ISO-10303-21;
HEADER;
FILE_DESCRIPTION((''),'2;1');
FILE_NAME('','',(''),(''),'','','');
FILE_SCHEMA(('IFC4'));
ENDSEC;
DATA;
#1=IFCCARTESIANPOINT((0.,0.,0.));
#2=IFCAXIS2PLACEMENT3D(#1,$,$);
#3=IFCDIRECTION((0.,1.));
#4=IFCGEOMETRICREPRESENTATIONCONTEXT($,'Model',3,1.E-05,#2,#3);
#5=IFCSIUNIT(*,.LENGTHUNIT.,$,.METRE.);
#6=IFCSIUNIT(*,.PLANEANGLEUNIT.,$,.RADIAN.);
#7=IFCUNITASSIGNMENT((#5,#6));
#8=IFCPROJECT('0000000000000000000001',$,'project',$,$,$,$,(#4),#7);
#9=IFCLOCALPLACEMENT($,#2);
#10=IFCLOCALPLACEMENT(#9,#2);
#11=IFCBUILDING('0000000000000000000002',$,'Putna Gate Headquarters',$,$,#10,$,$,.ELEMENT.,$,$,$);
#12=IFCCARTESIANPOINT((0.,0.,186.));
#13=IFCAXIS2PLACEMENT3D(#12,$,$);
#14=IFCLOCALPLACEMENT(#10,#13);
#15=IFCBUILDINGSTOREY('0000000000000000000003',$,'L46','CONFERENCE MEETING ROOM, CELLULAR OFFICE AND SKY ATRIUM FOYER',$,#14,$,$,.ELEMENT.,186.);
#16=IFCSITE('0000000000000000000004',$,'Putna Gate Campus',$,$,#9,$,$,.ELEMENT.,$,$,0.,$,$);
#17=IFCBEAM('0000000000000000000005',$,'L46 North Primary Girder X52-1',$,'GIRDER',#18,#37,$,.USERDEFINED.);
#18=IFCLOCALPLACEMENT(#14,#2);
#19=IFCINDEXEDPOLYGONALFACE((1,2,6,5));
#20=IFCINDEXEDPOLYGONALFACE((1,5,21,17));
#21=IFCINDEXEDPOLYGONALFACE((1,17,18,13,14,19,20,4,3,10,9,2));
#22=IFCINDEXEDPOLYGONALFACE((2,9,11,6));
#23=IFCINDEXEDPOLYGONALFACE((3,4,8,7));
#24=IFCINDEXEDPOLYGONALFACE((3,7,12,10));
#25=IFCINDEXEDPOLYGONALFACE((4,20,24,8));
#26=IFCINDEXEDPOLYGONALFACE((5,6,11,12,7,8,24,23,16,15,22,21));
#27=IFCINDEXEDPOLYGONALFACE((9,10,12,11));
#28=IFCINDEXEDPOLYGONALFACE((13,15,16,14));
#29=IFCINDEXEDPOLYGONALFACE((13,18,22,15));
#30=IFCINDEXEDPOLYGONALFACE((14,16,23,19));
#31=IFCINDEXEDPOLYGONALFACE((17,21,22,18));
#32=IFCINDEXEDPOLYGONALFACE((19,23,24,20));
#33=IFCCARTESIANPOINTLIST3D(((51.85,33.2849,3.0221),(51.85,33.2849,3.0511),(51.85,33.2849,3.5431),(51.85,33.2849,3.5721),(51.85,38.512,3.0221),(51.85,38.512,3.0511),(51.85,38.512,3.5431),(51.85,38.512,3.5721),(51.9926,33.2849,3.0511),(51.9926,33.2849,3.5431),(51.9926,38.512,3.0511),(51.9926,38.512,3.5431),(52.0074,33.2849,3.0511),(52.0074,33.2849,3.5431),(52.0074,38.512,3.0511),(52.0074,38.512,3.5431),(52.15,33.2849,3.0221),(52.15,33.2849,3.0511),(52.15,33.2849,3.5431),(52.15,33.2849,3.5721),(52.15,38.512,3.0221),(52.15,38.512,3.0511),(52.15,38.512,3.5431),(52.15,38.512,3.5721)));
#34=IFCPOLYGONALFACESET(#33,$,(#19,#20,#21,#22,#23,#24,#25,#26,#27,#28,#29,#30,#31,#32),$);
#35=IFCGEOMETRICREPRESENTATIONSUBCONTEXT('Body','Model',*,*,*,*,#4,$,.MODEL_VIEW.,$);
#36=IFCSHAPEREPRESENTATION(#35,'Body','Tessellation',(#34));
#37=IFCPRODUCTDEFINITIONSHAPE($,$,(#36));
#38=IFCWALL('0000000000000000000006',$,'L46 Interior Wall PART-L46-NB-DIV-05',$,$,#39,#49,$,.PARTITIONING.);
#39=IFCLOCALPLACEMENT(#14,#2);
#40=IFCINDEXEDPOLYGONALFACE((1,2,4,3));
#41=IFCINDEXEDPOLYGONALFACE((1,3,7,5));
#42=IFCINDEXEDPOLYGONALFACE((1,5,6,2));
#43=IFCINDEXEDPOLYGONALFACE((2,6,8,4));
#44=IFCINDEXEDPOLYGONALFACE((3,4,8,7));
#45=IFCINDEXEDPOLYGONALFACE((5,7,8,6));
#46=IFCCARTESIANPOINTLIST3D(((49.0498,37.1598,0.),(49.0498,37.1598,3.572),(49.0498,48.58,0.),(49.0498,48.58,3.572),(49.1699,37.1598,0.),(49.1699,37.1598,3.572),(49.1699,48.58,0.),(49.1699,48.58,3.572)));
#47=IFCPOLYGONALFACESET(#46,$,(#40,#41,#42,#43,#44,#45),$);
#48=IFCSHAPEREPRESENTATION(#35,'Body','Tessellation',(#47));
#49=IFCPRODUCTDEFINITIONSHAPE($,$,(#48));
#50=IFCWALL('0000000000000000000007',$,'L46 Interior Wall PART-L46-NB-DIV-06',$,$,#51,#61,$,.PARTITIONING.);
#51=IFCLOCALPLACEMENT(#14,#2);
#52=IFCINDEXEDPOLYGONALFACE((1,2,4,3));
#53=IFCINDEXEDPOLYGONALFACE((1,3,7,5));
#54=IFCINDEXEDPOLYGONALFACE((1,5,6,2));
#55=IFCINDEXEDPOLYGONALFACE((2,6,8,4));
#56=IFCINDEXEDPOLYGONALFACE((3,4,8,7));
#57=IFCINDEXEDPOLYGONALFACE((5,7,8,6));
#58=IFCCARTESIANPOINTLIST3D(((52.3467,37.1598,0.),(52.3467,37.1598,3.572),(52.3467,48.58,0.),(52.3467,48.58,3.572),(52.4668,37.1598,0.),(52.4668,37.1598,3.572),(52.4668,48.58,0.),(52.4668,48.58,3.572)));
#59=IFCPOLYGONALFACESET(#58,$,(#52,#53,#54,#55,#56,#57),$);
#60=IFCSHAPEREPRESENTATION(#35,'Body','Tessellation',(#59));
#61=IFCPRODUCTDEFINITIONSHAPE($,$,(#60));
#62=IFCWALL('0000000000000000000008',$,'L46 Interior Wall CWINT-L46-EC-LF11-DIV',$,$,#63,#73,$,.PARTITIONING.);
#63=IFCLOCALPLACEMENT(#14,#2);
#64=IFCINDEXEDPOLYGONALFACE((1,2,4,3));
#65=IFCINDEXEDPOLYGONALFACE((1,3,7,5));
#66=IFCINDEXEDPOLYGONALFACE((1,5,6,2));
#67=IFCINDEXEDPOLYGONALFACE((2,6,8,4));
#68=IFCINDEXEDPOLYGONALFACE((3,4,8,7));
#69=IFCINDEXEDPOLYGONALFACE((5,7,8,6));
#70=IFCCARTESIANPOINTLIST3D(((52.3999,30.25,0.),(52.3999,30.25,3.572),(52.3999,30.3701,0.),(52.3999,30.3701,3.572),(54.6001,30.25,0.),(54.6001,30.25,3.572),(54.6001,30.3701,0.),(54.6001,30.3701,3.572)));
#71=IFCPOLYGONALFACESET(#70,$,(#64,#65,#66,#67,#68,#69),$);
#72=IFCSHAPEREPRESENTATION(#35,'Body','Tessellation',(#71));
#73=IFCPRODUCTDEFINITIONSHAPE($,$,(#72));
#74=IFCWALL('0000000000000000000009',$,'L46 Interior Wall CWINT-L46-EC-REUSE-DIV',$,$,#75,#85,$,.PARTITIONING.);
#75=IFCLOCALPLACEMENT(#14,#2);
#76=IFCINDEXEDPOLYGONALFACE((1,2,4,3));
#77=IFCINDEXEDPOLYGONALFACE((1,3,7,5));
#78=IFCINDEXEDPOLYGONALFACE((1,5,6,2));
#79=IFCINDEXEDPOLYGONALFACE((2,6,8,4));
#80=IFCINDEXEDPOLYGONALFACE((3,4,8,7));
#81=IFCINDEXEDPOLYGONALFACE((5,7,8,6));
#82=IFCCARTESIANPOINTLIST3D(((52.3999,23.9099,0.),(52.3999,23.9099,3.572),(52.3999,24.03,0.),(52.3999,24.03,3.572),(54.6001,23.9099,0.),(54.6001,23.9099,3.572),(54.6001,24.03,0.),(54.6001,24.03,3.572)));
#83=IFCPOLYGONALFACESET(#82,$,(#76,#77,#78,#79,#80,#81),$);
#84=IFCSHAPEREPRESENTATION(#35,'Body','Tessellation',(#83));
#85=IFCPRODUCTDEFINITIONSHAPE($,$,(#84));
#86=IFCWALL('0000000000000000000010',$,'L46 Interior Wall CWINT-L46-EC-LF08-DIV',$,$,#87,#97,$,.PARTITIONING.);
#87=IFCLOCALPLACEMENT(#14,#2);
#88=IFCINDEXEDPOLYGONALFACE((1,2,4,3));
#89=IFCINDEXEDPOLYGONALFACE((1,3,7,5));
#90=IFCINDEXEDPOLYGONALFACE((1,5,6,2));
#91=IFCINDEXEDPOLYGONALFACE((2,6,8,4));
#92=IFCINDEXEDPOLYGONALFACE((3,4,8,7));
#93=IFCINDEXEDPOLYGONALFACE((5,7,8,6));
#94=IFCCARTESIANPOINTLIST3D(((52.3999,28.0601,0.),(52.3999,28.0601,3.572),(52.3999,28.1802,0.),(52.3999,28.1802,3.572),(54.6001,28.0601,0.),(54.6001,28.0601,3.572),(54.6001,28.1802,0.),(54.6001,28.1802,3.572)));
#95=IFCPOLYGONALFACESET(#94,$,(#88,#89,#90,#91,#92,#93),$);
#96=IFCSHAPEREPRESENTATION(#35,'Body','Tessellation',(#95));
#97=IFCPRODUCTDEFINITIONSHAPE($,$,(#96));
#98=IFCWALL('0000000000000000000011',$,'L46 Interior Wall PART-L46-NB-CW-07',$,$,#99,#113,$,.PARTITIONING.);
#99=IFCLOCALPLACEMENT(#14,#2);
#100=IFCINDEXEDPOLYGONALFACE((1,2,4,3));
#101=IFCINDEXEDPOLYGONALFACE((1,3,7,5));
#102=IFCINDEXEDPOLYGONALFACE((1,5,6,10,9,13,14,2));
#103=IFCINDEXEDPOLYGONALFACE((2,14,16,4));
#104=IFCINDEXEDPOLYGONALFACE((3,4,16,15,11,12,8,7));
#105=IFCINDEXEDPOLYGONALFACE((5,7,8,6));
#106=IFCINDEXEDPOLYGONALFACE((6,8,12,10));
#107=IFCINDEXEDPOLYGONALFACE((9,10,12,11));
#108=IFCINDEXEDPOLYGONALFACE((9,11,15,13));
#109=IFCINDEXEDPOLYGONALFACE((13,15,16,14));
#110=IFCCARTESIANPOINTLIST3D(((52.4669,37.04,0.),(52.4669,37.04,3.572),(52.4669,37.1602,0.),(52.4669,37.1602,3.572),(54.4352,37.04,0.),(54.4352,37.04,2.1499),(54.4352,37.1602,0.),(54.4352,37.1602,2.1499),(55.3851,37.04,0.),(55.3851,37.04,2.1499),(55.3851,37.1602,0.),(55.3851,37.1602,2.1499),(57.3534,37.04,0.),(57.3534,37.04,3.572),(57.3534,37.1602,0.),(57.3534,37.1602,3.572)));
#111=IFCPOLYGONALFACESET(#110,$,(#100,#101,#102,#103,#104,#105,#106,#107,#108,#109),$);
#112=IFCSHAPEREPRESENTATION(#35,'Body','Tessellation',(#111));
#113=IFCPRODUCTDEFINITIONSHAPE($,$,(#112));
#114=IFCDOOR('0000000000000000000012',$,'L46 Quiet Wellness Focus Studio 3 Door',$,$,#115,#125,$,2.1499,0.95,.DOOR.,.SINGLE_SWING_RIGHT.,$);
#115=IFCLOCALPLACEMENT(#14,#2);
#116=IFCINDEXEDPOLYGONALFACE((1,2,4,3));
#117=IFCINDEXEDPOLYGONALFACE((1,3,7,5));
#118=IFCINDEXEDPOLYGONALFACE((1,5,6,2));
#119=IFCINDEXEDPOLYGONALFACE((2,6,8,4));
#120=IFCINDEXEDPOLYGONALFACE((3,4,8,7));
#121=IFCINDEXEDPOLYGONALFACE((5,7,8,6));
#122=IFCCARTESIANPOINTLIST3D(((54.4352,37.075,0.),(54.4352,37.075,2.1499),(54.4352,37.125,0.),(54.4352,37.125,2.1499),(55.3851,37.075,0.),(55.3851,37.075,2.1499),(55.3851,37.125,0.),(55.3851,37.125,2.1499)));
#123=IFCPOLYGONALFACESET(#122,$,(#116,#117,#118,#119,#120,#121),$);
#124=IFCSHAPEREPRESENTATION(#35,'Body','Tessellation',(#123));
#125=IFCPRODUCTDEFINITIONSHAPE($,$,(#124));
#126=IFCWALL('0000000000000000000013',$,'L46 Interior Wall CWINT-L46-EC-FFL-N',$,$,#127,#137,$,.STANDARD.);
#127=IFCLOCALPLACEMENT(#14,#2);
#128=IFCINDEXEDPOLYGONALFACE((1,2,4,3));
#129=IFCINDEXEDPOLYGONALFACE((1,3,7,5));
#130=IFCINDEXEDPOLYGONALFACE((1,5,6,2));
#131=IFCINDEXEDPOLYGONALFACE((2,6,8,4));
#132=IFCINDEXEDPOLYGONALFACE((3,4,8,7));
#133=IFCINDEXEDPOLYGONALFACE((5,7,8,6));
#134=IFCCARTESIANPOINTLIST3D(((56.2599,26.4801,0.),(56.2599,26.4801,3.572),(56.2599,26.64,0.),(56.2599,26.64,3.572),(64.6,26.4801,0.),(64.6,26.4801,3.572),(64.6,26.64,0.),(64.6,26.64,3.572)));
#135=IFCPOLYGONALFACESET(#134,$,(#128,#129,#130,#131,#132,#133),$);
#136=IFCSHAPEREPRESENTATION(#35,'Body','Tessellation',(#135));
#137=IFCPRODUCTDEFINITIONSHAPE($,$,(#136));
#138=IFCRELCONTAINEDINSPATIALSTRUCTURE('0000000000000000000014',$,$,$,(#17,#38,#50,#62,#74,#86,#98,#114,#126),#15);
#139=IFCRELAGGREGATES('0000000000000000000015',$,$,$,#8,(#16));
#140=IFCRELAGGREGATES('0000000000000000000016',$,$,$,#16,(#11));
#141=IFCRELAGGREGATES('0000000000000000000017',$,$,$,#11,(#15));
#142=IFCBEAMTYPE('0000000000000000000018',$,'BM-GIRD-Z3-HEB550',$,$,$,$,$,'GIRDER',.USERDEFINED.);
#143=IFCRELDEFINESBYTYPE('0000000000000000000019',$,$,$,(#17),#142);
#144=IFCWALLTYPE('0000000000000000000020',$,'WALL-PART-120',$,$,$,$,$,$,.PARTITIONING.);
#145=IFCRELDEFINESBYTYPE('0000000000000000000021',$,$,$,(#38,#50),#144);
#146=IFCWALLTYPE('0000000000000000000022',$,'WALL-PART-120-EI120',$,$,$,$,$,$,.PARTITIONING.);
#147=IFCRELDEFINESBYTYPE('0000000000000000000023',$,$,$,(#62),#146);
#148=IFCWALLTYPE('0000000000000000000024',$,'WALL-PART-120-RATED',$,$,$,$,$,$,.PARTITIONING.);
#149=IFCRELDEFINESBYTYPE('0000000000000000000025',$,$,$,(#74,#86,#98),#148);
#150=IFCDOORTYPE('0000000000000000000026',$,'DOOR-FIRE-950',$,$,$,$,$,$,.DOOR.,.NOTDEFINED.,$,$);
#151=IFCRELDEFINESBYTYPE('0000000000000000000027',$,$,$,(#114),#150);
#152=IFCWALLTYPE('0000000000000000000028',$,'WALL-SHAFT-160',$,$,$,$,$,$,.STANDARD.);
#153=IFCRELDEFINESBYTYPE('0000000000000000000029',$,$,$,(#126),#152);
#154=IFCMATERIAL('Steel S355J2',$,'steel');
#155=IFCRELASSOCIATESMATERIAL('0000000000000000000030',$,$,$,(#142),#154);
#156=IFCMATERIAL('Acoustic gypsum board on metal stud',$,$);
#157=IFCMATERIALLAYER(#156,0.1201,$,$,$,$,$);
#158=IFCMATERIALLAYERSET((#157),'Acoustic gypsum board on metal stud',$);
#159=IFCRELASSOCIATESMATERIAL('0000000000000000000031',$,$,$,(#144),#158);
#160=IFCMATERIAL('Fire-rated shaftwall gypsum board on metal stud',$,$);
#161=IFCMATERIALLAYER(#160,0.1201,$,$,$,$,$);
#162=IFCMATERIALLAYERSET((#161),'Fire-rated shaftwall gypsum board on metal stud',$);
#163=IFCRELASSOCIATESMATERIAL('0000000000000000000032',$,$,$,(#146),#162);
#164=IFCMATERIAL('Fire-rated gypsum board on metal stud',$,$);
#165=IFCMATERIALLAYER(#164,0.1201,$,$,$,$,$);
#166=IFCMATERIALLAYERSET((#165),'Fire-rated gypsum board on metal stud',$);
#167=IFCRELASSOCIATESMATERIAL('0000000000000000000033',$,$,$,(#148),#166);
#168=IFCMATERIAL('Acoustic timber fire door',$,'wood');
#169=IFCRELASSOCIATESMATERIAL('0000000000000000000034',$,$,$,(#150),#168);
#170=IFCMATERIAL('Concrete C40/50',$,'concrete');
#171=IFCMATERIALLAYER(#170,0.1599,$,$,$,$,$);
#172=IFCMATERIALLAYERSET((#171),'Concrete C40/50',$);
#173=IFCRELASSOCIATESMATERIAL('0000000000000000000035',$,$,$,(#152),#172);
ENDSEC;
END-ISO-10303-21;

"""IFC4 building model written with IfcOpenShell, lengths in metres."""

from ifc_helpers import new_model, si_unit, direction, frame, frame_2d, origin, origin_2d, place, context, subcontext, project, spatial, rectangle, i_section, extrude, material, layer, layer_set, material_profile, profile_set, type_object, element, fill, save


model = new_model("IFC4")

# Units and contexts
model_context = context("Model", 3, precision=1e-05, world=origin(), true_north=direction((0.0, 1.0)))
body_context = subcontext(model_context, "Body", "Model", "MODEL_VIEW")
ifc_project = project(units=[si_unit("LENGTHUNIT", "METRE"), si_unit("PLANEANGLEUNIT", "RADIAN")], contexts=[model_context])

# Site, building, storey
site_placement = place(None, origin())
site = spatial("IfcSite", under=ifc_project, at=site_placement, Name="Putna Gate Campus", CompositionType="ELEMENT", RefElevation=0.0)
building_placement = place(site_placement, origin())
building = spatial("IfcBuilding", under=site, at=building_placement, Name="Putna Gate Headquarters", CompositionType="ELEMENT")
storey_placement = place(building_placement, frame((0.0, 0.0, 186.0)))
storey = spatial("IfcBuildingStorey", under=building, at=storey_placement, Name="L46", Description="CONFERENCE MEETING ROOM, CELLULAR OFFICE AND SKY ATRIUM FOYER", CompositionType="ELEMENT", Elevation=186.0)

# Beam
ifc_material_1 = material(Name="Steel S355J2", Category="steel")
ifc_material_profile = material_profile(ifc_material_1, i_section(OverallWidth=0.3, OverallDepth=0.55, WebThickness=0.0149, FlangeThickness=0.0291, at=origin_2d()), Name="Steel S355J2")
ifc_profile_set = profile_set([ifc_material_profile], Name="Steel S355J2")
beam_type = type_object("IfcBeamType", Name="BM-GIRD-Z3-HEB550", ElementType="GIRDER", PredefinedType="USERDEFINED", material=ifc_profile_set)
beam_placement = place(storey_placement, frame((52.0, 33.2849, 3.2971), z_axis=(0.0, 1.0, 0.0), x_axis=(-1.0, 0.0, 0.0)))
element("IfcBeam", 1, at=beam_placement, inside=storey, type_object=beam_type, Name="L46 North Primary Girder X52-1", ObjectType="GIRDER", PredefinedType="USERDEFINED", context=body_context, shape_type="SweptSolid", body=[
    extrude(i_section(OverallWidth=0.3, OverallDepth=0.55, WebThickness=0.0149, FlangeThickness=0.0291, at=origin_2d()), origin(), (0.0, 0.0, 1.0), 5.2271),
])

# Shared definitions
ifc_material_2 = material(Name="Acoustic gypsum board on metal stud")
ifc_layer_1 = layer(ifc_material_2, 0.1201)
ifc_layer_set_1 = layer_set([ifc_layer_1], Name="Acoustic gypsum board on metal stud")
wall_type_1 = type_object("IfcWallType", Name="WALL-PART-120", PredefinedType="PARTITIONING", material=ifc_layer_set_1)

# Walls
for number, where, z_axis, x_axis, name in (
    (2, (49.1099, 37.1599, 0.0), (0.0, 0.0, 1.0), (0.0, 1.0, 0.0), "L46 Interior Wall PART-L46-NB-DIV-05"),
    (3, (52.4067, 37.1599, 0.0), (0.0, 0.0, 1.0), (0.0, 1.0, 0.0), "L46 Interior Wall PART-L46-NB-DIV-06"),
):
    element("IfcWall", number, at=place(storey_placement, frame(where, z_axis=z_axis, x_axis=x_axis)), inside=storey, type_object=wall_type_1, Name=name, PredefinedType="PARTITIONING", context=body_context, shape_type="SweptSolid", body=[
        extrude(rectangle(XDim=11.4202, YDim=0.1201, at=frame_2d((5.71, 0.0))), origin(), (0.0, 0.0, 1.0), 3.572),
    ])
ifc_material_3 = material(Name="Fire-rated shaftwall gypsum board on metal stud")
ifc_layer_2 = layer(ifc_material_3, 0.1201)
ifc_layer_set_2 = layer_set([ifc_layer_2], Name="Fire-rated shaftwall gypsum board on metal stud")
wall_type_2 = type_object("IfcWallType", Name="WALL-PART-120-EI120", PredefinedType="PARTITIONING", material=ifc_layer_set_2)
wall_1_placement = place(storey_placement, frame((52.3999, 30.3101, 0.0), z_axis=(0.0, 0.0, 1.0), x_axis=(1.0, 0.0, 0.0)))
element("IfcWall", 4, at=wall_1_placement, inside=storey, type_object=wall_type_2, Name="L46 Interior Wall CWINT-L46-EC-LF11-DIV", PredefinedType="PARTITIONING", context=body_context, shape_type="SweptSolid", body=[
    extrude(rectangle(XDim=2.2002, YDim=0.1201, at=frame_2d((1.1001, 0.0))), origin(), (0.0, 0.0, 1.0), 3.572),
])
ifc_material_4 = material(Name="Fire-rated gypsum board on metal stud")
ifc_layer_3 = layer(ifc_material_4, 0.1201)
ifc_layer_set_3 = layer_set([ifc_layer_3], Name="Fire-rated gypsum board on metal stud")
wall_type_3 = type_object("IfcWallType", Name="WALL-PART-120-RATED", PredefinedType="PARTITIONING", material=ifc_layer_set_3)
for number, where, z_axis, x_axis, name in (
    (5, (52.3999, 23.97, 0.0), (0.0, 0.0, 1.0), (1.0, 0.0, 0.0), "L46 Interior Wall CWINT-L46-EC-REUSE-DIV"),
    (6, (52.3999, 28.1201, 0.0), (0.0, 0.0, 1.0), (1.0, 0.0, 0.0), "L46 Interior Wall CWINT-L46-EC-LF08-DIV"),
):
    element("IfcWall", number, at=place(storey_placement, frame(where, z_axis=z_axis, x_axis=x_axis)), inside=storey, type_object=wall_type_3, Name=name, PredefinedType="PARTITIONING", context=body_context, shape_type="SweptSolid", body=[
        extrude(rectangle(XDim=2.2002, YDim=0.1201, at=frame_2d((1.1001, 0.0))), origin(), (0.0, 0.0, 1.0), 3.572),
    ])

# Wall, opening, door
ifc_material_5 = material(Name="Acoustic timber fire door", Category="wood")
door_type_1 = type_object("IfcDoorType", Name="DOOR-FIRE-950", OperationType="NOTDEFINED", PredefinedType="DOOR", material=ifc_material_5)
wall_2_placement = place(storey_placement, frame((52.4668, 37.1001, 0.0), z_axis=(0.0, 0.0, 1.0), x_axis=(1.0, 0.0, 0.0)))
wall_2 = element("IfcWall", 7, at=wall_2_placement, inside=storey, type_object=wall_type_3, Name="L46 Interior Wall PART-L46-NB-CW-07", PredefinedType="PARTITIONING", context=body_context, shape_type="SweptSolid", body=[
    extrude(rectangle(XDim=4.8865, YDim=0.1201, at=frame_2d((2.4434, 0.0))), origin(), (0.0, 0.0, 1.0), 3.572),
])
opening_1_placement = place(wall_2_placement, frame((1.9683, 0.0, 0.0)))
opening_1 = element("IfcOpeningElement", 8, at=opening_1_placement, cuts=wall_2, PredefinedType="OPENING", context=body_context, shape_type="SweptSolid", body=[
    extrude(rectangle(XDim=0.95, YDim=2.1499, at=frame_2d((0.4751, 1.075))), frame((0.0, 0.0701, 0.0), z_axis=(0.0, -1.0, 0.0), x_axis=(1.0, 0.0, 0.0)), (0.0, 0.0, 1.0), 0.1401),
])
door_1_placement = place(opening_1_placement, origin())
door_1 = element("IfcDoor", 9, at=door_1_placement, inside=storey, type_object=door_type_1, Name="L46 Quiet Wellness Focus Studio 3 Door", OperationType="SINGLE_SWING_RIGHT", OverallHeight=2.1499, OverallWidth=0.95, PredefinedType="DOOR", context=body_context, shape_type="SweptSolid", body=[
    extrude(rectangle(XDim=0.95, YDim=2.1499, at=frame_2d((0.4751, 1.075))), frame((0.0, 0.0249, 0.0), z_axis=(0.0, -1.0, 0.0), x_axis=(1.0, 0.0, 0.0)), (0.0, 0.0, 1.0), 0.05),
])
fill(opening_1, door_1)

# Wall
ifc_material_6 = material(Name="Concrete C40/50", Category="concrete")
ifc_layer_4 = layer(ifc_material_6, 0.1599)
ifc_layer_set_4 = layer_set([ifc_layer_4], Name="Concrete C40/50")
wall_type_4 = type_object("IfcWallType", Name="WALL-SHAFT-160", PredefinedType="STANDARD", material=ifc_layer_set_4)
wall_3_placement = place(storey_placement, frame((56.26, 26.5601, 0.0), z_axis=(0.0, 0.0, 1.0), x_axis=(1.0, 0.0, 0.0)))
element("IfcWall", 10, at=wall_3_placement, inside=storey, type_object=wall_type_4, Name="L46 Interior Wall CWINT-L46-EC-FFL-N", PredefinedType="STANDARD", context=body_context, shape_type="SweptSolid", body=[
    extrude(rectangle(XDim=8.3401, YDim=0.1599, at=frame_2d((4.1699, 0.0))), origin(), (0.0, 0.0, 1.0), 3.572),
])

save(model, "model.ifc")
